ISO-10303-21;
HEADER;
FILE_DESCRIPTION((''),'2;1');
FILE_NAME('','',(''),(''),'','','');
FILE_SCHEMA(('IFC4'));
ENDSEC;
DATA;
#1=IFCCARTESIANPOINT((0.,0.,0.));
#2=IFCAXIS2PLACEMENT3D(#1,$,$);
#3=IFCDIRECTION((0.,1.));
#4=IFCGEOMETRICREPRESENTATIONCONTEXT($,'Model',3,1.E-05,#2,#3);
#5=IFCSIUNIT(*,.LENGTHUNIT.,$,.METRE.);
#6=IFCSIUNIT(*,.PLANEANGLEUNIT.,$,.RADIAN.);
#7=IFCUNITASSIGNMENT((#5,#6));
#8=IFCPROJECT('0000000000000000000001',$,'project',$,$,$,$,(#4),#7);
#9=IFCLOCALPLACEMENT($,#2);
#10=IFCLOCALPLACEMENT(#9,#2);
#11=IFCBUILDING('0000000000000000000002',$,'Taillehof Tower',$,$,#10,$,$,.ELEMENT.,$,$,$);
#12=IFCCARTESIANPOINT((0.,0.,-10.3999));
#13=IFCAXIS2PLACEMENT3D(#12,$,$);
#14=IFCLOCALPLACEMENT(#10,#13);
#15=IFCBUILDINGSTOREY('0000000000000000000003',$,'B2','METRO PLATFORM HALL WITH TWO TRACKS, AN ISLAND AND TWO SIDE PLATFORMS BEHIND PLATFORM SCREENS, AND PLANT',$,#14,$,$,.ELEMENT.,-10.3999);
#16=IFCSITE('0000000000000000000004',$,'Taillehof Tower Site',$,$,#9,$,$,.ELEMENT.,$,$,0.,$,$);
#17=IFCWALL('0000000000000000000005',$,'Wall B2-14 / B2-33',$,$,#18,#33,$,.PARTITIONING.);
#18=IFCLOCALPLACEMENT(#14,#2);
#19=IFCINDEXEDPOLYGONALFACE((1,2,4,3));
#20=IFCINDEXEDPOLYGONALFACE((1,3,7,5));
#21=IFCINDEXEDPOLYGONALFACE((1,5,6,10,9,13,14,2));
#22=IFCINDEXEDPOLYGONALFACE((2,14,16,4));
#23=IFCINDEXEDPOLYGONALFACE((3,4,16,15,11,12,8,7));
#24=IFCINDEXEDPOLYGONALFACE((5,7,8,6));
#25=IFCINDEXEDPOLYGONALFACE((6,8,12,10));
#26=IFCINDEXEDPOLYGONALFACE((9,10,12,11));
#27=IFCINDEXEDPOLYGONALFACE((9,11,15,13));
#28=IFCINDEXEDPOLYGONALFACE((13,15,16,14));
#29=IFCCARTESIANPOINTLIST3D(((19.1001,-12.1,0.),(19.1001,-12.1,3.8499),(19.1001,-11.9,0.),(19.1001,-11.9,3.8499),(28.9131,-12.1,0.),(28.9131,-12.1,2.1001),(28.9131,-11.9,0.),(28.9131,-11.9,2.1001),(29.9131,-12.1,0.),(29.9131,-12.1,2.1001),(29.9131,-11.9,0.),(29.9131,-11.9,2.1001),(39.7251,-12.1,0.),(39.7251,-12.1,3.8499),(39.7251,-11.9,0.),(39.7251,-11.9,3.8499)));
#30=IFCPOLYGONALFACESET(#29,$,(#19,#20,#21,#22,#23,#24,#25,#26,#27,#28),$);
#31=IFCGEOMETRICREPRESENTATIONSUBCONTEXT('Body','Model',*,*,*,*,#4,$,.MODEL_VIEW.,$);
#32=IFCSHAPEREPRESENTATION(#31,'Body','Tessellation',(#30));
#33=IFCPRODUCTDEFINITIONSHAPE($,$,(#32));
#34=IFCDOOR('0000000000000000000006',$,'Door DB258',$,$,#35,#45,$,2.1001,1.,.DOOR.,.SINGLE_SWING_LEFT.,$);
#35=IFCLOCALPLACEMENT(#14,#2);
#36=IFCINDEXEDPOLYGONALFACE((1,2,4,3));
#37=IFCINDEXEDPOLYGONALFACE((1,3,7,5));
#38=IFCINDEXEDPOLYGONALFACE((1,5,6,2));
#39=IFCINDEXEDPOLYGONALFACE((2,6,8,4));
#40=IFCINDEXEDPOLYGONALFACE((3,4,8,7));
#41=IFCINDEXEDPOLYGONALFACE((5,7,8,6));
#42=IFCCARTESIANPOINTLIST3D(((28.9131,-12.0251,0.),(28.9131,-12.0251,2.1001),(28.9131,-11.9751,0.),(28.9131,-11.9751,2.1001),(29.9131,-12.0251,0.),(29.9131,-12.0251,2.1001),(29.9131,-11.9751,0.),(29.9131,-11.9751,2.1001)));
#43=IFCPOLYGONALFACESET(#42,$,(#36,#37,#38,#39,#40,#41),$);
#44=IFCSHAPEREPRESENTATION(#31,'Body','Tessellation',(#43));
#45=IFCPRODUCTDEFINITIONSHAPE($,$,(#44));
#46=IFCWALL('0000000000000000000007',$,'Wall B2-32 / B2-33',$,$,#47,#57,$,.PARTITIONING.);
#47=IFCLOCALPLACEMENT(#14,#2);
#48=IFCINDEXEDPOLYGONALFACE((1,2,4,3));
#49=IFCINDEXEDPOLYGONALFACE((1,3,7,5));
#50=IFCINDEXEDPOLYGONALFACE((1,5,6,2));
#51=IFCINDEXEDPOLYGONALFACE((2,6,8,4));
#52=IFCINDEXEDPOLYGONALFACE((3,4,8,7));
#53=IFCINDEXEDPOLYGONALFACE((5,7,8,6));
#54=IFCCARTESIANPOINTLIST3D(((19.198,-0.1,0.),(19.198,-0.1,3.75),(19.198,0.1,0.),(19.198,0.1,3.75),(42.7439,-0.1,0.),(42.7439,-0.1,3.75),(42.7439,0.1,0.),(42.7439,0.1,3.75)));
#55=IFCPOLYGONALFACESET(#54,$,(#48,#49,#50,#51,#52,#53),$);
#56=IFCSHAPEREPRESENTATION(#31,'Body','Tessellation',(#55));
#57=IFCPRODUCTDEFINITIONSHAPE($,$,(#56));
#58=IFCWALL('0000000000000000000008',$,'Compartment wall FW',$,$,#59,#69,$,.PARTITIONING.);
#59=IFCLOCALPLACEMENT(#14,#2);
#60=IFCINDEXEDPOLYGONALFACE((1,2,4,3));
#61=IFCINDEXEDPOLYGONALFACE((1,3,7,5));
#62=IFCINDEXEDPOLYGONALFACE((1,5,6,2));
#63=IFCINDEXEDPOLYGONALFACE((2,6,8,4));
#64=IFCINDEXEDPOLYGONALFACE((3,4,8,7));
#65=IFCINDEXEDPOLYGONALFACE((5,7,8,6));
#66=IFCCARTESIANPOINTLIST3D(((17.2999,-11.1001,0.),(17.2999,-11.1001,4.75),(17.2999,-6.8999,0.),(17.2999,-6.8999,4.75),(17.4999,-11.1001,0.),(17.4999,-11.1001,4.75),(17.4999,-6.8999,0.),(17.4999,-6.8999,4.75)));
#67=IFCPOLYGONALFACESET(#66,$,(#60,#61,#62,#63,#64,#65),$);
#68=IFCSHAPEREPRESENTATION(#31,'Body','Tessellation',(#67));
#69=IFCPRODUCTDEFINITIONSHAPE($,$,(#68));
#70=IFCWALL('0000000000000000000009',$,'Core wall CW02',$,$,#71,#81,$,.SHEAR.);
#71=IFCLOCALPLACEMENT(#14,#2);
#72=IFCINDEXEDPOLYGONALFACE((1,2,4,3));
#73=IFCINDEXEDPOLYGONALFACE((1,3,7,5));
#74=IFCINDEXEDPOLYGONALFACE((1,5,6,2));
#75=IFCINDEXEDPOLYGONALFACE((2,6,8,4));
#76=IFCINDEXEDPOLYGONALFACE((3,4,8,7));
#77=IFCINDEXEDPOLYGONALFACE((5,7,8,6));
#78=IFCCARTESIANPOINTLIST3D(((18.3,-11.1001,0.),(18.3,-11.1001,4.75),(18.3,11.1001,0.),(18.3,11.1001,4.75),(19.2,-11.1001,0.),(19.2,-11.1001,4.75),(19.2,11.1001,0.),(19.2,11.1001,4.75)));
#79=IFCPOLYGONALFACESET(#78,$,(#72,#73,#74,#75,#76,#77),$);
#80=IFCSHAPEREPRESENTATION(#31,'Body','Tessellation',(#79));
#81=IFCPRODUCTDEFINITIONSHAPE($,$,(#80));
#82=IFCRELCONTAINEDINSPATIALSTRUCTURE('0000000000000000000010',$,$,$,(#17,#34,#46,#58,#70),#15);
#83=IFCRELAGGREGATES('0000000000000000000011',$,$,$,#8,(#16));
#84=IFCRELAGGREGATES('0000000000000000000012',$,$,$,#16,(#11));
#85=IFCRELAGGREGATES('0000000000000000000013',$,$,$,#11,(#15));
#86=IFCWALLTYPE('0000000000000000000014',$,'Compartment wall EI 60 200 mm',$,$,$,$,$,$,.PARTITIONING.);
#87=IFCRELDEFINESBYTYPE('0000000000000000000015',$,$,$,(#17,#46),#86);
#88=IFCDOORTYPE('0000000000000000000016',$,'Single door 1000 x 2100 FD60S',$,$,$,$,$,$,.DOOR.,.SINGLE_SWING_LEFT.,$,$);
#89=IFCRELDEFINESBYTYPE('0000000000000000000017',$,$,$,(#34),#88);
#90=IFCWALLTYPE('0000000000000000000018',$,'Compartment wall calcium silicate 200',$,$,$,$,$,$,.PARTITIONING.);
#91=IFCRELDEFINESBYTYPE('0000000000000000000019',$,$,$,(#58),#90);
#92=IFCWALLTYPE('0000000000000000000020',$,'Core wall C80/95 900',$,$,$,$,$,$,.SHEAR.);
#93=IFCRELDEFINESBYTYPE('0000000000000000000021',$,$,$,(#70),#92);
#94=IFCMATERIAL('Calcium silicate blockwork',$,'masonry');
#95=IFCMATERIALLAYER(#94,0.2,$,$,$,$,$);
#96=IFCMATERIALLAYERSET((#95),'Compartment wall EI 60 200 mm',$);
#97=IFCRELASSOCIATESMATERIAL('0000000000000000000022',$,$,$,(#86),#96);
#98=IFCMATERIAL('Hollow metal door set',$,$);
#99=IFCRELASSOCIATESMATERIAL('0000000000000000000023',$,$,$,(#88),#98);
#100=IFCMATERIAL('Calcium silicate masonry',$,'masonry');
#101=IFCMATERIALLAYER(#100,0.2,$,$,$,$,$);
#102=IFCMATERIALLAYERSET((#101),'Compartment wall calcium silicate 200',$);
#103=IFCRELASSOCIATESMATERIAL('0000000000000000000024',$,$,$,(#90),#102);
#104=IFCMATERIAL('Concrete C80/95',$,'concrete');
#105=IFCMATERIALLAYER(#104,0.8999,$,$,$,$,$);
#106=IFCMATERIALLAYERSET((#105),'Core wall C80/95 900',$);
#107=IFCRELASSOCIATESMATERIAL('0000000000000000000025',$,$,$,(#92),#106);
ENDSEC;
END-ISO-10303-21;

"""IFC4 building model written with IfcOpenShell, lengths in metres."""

from ifc_helpers import new_model, si_unit, direction, frame, frame_2d, origin, place, context, subcontext, project, spatial, rectangle, extrude, material, layer, layer_set, type_object, element, fill, save


model = new_model("IFC4")

# Units and contexts
model_context = context("Model", 3, precision=1e-05, world=origin(), true_north=direction((0.0, 1.0)))
body_context = subcontext(model_context, "Body", "Model", "MODEL_VIEW")
ifc_project = project(units=[si_unit("LENGTHUNIT", "METRE"), si_unit("PLANEANGLEUNIT", "RADIAN")], contexts=[model_context])

# Site, building, storey
site_placement = place(None, origin())
site = spatial("IfcSite", under=ifc_project, at=site_placement, Name="Taillehof Tower Site", CompositionType="ELEMENT", RefElevation=0.0)
building_placement = place(site_placement, origin())
building = spatial("IfcBuilding", under=site, at=building_placement, Name="Taillehof Tower", CompositionType="ELEMENT")
storey_placement = place(building_placement, frame((0.0, 0.0, -10.3999)))
storey = spatial("IfcBuildingStorey", under=building, at=storey_placement, Name="B2", Description="METRO PLATFORM HALL WITH TWO TRACKS, AN ISLAND AND TWO SIDE PLATFORMS BEHIND PLATFORM SCREENS, AND PLANT", CompositionType="ELEMENT", Elevation=-10.3999)

# Wall, opening, door
ifc_material_1 = material(Name="Calcium silicate blockwork", Category="masonry")
ifc_layer_1 = layer(ifc_material_1, 0.2)
ifc_layer_set_1 = layer_set([ifc_layer_1], Name="Compartment wall EI 60 200 mm")
wall_type_1 = type_object("IfcWallType", Name="Compartment wall EI 60 200 mm", PredefinedType="PARTITIONING", material=ifc_layer_set_1)
wall_1_placement = place(storey_placement, frame((19.1001, -12.0, 0.0), z_axis=(0.0, 0.0, 1.0), x_axis=(1.0, 0.0, 0.0)))
wall_1 = element("IfcWall", 1, at=wall_1_placement, inside=storey, type_object=wall_type_1, Name="Wall B2-14 / B2-33", PredefinedType="PARTITIONING", context=body_context, shape_type="SweptSolid", body=[
    extrude(rectangle(XDim=20.625, YDim=0.2, at=frame_2d((10.3125, 0.0))), origin(), (0.0, 0.0, 1.0), 3.8499),
])
opening_placement = place(wall_1_placement, frame((9.813, 0.0, 0.0)))
opening = element("IfcOpeningElement", 2, at=opening_placement, cuts=wall_1, PredefinedType="OPENING", context=body_context, shape_type="SweptSolid", body=[
    extrude(rectangle(XDim=1.0, YDim=2.1001, at=frame_2d((0.5, 1.05))), frame((0.0, 0.1099, 0.0), z_axis=(0.0, -1.0, 0.0), x_axis=(1.0, 0.0, 0.0)), (0.0, 0.0, 1.0), 0.22),
])
ifc_material_2 = material(Name="Hollow metal door set")
door_type = type_object("IfcDoorType", Name="Single door 1000 x 2100 FD60S", OperationType="SINGLE_SWING_LEFT", PredefinedType="DOOR", material=ifc_material_2)
door_placement = place(opening_placement, origin())
door = element("IfcDoor", 3, at=door_placement, inside=storey, type_object=door_type, Name="Door DB258", OperationType="SINGLE_SWING_LEFT", OverallHeight=2.1001, OverallWidth=1.0, PredefinedType="DOOR", context=body_context, shape_type="SweptSolid", body=[
    extrude(rectangle(XDim=1.0, YDim=2.1001, at=frame_2d((0.5, 1.05))), frame((0.0, 0.0249, 0.0), z_axis=(0.0, -1.0, 0.0), x_axis=(1.0, 0.0, 0.0)), (0.0, 0.0, 1.0), 0.05),
])
fill(opening, door)

# Walls
wall_2_placement = place(storey_placement, frame((19.198, 0.0, 0.0), z_axis=(0.0, 0.0, 1.0), x_axis=(1.0, 0.0, 0.0)))
element("IfcWall", 4, at=wall_2_placement, inside=storey, type_object=wall_type_1, Name="Wall B2-32 / B2-33", PredefinedType="PARTITIONING", context=body_context, shape_type="SweptSolid", body=[
    extrude(rectangle(XDim=23.5459, YDim=0.2, at=frame_2d((11.7729, 0.0))), origin(), (0.0, 0.0, 1.0), 3.75),
])
ifc_material_3 = material(Name="Calcium silicate masonry", Category="masonry")
ifc_layer_2 = layer(ifc_material_3, 0.2)
ifc_layer_set_2 = layer_set([ifc_layer_2], Name="Compartment wall calcium silicate 200")
wall_type_2 = type_object("IfcWallType", Name="Compartment wall calcium silicate 200", PredefinedType="PARTITIONING", material=ifc_layer_set_2)
wall_3_placement = place(storey_placement, frame((17.3999, -11.1001, 0.0), z_axis=(0.0, 0.0, 1.0), x_axis=(0.0, 1.0, 0.0)))
element("IfcWall", 5, at=wall_3_placement, inside=storey, type_object=wall_type_2, Name="Compartment wall FW", PredefinedType="PARTITIONING", context=body_context, shape_type="SweptSolid", body=[
    extrude(rectangle(XDim=4.2002, YDim=0.2, at=frame_2d((2.1001, 0.0))), origin(), (0.0, 0.0, 1.0), 4.75),
])
ifc_material_4 = material(Name="Concrete C80/95", Category="concrete")
ifc_layer_3 = layer(ifc_material_4, 0.8999)
ifc_layer_set_3 = layer_set([ifc_layer_3], Name="Core wall C80/95 900")
wall_type_3 = type_object("IfcWallType", Name="Core wall C80/95 900", PredefinedType="SHEAR", material=ifc_layer_set_3)
wall_4_placement = place(storey_placement, frame((18.75, -11.1001, 0.0), z_axis=(0.0, 0.0, 1.0), x_axis=(0.0, 1.0, 0.0)))
element("IfcWall", 6, at=wall_4_placement, inside=storey, type_object=wall_type_3, Name="Core wall CW02", PredefinedType="SHEAR", context=body_context, shape_type="SweptSolid", body=[
    extrude(rectangle(XDim=22.2002, YDim=0.8999, at=frame_2d((11.1001, 0.0))), origin(), (0.0, 0.0, 1.0), 4.75),
])

save(model, "model.ifc")
